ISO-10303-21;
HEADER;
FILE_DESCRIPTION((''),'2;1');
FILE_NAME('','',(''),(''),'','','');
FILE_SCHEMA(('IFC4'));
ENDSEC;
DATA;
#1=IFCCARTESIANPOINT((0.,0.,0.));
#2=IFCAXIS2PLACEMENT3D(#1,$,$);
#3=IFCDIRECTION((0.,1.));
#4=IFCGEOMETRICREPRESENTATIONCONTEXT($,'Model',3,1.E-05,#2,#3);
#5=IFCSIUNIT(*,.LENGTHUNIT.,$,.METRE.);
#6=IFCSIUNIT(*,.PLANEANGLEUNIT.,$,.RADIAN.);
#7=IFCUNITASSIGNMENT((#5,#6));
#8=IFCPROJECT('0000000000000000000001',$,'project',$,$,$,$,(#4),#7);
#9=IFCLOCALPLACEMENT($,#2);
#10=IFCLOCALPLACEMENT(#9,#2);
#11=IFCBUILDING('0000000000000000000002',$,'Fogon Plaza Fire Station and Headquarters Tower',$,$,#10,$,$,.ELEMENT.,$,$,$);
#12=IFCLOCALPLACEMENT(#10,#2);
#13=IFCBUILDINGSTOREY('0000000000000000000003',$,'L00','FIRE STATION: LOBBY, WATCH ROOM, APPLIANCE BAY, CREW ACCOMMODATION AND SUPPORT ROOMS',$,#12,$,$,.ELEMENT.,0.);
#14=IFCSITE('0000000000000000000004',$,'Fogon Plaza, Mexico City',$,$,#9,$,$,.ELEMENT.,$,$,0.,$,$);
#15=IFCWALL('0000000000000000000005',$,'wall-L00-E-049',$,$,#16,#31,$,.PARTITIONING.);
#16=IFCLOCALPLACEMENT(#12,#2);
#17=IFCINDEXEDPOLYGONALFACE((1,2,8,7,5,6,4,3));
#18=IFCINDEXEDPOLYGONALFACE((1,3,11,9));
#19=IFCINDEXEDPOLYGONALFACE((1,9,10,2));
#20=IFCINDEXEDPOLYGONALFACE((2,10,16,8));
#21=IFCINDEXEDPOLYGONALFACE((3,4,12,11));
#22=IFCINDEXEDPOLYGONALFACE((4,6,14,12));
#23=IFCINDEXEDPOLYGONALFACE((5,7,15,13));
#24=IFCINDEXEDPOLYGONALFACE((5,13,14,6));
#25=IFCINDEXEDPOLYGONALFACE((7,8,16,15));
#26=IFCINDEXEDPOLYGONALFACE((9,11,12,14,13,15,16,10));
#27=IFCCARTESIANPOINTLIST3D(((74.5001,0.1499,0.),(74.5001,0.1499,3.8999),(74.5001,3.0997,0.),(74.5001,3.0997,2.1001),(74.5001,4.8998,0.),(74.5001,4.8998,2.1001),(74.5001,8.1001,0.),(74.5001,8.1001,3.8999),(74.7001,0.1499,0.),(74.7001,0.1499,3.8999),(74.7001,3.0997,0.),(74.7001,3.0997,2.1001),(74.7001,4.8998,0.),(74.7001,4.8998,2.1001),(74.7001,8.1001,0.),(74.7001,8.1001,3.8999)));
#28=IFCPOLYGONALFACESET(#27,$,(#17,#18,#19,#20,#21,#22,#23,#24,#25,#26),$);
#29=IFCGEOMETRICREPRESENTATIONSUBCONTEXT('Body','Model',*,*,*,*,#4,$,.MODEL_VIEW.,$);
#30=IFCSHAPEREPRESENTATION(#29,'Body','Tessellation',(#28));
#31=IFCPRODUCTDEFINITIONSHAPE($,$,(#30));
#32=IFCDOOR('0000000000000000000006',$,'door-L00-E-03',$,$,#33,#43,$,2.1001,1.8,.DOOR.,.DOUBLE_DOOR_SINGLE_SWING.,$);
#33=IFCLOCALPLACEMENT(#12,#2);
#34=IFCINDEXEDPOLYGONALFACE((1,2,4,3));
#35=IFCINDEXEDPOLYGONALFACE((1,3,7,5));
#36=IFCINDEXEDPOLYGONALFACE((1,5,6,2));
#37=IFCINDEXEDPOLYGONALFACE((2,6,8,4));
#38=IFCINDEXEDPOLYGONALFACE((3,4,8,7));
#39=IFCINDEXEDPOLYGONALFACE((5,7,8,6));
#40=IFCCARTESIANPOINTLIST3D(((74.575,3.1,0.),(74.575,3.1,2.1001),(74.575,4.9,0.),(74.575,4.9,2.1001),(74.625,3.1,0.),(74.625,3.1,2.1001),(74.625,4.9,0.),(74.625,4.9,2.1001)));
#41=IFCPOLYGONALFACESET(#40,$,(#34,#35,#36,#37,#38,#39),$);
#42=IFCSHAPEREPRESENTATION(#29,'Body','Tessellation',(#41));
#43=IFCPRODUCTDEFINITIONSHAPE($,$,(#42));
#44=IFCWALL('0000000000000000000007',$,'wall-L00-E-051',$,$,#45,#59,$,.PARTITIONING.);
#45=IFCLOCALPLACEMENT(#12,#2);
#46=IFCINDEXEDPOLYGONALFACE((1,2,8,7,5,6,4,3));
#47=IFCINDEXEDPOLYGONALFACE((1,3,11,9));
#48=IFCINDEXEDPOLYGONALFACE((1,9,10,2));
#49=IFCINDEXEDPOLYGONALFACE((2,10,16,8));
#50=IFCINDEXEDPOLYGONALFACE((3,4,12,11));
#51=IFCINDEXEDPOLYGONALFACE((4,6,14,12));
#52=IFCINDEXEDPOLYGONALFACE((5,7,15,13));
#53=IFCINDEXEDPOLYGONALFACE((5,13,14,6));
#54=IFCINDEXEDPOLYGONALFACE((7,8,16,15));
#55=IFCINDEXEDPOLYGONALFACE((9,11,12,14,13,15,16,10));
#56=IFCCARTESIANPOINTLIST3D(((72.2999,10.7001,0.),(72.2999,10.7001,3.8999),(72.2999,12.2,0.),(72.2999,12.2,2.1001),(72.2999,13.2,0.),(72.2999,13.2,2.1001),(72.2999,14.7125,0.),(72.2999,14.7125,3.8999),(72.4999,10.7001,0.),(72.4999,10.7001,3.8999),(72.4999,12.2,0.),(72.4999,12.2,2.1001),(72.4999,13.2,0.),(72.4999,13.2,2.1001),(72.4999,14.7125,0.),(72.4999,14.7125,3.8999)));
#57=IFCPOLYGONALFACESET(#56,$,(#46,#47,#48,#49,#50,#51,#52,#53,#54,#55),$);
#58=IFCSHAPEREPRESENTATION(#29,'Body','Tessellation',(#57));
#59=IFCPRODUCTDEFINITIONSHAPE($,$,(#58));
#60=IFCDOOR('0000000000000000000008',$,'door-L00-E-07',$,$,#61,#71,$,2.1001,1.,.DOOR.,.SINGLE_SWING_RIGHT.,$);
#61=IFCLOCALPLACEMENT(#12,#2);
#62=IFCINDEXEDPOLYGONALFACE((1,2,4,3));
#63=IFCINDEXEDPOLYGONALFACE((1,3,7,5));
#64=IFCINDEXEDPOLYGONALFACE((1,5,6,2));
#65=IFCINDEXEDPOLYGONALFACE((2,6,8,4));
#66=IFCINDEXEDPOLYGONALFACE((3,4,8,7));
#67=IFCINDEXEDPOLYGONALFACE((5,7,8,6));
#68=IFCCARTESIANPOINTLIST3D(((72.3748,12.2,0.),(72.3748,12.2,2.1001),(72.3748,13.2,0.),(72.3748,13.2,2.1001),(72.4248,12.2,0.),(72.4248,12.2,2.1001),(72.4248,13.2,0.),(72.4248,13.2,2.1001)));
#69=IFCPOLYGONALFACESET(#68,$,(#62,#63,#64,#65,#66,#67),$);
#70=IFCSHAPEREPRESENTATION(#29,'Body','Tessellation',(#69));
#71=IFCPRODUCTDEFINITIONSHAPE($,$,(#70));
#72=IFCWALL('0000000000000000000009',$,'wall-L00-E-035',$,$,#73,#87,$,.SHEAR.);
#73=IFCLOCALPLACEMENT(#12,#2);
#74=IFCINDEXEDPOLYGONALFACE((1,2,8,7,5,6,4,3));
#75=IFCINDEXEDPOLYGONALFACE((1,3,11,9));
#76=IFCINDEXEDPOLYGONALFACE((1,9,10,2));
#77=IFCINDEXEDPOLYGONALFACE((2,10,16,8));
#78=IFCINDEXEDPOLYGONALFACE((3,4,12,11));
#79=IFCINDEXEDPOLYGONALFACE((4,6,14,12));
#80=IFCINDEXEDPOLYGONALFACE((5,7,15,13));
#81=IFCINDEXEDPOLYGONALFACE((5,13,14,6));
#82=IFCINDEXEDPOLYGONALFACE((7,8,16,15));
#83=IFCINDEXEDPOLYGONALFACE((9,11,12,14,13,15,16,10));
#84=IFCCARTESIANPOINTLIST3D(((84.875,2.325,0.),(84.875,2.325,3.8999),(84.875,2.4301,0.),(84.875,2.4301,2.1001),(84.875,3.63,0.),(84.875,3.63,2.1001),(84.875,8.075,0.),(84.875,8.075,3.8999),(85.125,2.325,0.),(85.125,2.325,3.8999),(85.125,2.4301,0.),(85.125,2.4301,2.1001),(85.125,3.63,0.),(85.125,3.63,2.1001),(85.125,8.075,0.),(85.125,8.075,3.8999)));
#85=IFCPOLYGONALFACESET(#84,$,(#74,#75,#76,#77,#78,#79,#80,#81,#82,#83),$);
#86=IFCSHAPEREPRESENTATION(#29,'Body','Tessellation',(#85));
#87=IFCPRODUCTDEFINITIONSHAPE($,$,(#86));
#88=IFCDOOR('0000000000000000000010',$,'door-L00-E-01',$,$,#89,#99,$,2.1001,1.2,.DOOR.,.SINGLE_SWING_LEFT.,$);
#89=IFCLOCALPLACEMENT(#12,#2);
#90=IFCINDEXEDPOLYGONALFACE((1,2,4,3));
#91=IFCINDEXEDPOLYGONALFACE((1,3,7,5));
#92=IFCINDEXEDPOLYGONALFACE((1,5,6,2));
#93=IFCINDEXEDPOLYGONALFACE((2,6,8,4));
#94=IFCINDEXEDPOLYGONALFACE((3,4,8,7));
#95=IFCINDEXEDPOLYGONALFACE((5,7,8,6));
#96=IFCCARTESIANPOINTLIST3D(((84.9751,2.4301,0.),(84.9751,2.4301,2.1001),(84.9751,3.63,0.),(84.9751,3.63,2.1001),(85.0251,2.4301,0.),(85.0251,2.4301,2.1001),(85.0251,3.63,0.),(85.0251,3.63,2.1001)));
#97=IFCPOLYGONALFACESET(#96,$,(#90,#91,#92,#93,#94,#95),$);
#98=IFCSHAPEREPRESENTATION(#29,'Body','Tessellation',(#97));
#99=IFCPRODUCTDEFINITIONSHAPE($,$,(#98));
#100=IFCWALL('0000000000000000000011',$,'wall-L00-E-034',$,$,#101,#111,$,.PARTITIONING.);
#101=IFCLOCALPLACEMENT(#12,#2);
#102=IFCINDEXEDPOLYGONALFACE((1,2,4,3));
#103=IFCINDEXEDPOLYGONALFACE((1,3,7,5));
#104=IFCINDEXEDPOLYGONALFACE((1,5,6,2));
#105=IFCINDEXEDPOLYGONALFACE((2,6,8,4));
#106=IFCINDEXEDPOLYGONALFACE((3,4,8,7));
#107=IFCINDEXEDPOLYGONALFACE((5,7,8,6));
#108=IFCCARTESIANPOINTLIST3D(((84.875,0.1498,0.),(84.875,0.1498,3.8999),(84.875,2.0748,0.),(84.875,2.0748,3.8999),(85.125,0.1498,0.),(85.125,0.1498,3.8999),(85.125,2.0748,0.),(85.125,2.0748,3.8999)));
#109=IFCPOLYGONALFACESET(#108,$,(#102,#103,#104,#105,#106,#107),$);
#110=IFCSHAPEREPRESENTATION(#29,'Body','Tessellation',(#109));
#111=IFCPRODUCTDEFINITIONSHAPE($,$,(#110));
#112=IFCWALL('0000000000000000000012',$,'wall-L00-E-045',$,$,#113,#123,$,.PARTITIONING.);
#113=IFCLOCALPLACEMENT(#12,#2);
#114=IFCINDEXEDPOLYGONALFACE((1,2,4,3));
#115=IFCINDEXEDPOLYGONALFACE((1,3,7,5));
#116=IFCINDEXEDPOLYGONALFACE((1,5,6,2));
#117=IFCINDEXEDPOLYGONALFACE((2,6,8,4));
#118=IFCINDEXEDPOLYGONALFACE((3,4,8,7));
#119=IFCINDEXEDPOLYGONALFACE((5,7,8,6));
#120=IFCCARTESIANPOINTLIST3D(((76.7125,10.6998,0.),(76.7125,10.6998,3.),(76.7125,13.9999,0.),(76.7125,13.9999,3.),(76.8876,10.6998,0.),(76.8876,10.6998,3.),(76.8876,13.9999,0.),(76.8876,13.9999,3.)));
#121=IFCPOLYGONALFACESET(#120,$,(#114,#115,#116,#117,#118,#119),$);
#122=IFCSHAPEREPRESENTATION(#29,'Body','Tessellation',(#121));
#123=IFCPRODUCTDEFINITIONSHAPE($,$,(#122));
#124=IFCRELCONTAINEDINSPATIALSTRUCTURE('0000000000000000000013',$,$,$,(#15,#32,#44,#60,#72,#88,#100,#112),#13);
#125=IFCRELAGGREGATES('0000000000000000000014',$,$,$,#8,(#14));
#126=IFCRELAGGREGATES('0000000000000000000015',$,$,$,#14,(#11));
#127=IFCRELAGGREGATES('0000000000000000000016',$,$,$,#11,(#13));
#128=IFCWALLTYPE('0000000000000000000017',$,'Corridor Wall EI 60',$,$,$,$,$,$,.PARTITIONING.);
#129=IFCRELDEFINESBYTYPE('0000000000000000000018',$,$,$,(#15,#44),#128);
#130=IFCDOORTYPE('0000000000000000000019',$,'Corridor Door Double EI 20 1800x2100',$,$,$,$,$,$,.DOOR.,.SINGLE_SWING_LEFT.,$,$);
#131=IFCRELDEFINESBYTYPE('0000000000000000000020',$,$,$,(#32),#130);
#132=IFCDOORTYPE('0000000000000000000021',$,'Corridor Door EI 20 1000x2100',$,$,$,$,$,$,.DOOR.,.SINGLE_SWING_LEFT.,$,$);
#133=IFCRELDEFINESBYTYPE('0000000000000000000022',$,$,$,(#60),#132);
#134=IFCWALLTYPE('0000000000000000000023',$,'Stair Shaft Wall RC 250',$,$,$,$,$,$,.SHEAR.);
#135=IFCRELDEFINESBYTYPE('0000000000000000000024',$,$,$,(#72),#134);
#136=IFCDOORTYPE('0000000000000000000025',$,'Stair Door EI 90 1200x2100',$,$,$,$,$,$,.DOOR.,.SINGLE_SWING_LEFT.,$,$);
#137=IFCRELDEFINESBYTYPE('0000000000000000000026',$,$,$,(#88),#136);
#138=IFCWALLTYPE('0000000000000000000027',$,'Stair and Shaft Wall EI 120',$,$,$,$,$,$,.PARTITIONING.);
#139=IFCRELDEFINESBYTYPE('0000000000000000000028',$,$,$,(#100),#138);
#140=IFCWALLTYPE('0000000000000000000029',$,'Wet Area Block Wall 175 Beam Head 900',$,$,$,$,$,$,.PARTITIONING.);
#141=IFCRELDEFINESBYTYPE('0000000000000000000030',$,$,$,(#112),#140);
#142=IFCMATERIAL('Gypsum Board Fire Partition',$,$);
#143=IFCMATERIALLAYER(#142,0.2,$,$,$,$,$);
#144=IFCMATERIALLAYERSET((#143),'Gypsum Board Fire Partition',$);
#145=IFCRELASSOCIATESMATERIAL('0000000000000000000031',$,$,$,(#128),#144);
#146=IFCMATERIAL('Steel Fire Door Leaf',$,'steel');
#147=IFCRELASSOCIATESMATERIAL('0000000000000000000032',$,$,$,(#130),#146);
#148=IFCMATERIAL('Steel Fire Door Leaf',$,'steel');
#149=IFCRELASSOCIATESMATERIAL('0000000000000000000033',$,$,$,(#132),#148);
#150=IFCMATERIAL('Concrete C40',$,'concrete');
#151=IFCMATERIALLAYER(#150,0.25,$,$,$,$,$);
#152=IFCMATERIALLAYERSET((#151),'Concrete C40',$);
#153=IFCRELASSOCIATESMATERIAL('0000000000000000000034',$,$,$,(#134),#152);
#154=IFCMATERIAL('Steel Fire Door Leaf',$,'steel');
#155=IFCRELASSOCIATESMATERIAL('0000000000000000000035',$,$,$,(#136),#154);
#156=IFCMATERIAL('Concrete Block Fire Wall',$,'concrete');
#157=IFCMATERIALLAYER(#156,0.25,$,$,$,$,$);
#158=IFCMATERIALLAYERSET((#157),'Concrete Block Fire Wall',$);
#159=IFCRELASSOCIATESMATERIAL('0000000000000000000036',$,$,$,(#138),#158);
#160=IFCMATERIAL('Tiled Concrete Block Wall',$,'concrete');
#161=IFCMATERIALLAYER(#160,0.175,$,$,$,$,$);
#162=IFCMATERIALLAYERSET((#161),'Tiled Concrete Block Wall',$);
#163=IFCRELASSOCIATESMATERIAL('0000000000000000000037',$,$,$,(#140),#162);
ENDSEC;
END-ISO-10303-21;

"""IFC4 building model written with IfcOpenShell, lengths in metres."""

from ifc_helpers import new_model, si_unit, direction, frame, frame_2d, origin, place, context, subcontext, project, spatial, rectangle, extrude, material, layer, layer_set, type_object, element, fill, save


model = new_model("IFC4")

# Units and contexts
model_context = context("Model", 3, precision=1e-05, world=origin(), true_north=direction((0.0, 1.0)))
body_context = subcontext(model_context, "Body", "Model", "MODEL_VIEW")
ifc_project = project(units=[si_unit("LENGTHUNIT", "METRE"), si_unit("PLANEANGLEUNIT", "RADIAN")], contexts=[model_context])

# Site, building, storey
site_placement = place(None, origin())
site = spatial("IfcSite", under=ifc_project, at=site_placement, Name="Fogon Plaza, Mexico City", CompositionType="ELEMENT", RefElevation=0.0)
building_placement = place(site_placement, origin())
building = spatial("IfcBuilding", under=site, at=building_placement, Name="Fogon Plaza Fire Station and Headquarters Tower", CompositionType="ELEMENT")
storey_placement = place(building_placement, origin())
storey = spatial("IfcBuildingStorey", under=building, at=storey_placement, Name="L00", Description="FIRE STATION: LOBBY, WATCH ROOM, APPLIANCE BAY, CREW ACCOMMODATION AND SUPPORT ROOMS", CompositionType="ELEMENT", Elevation=0.0)

# Shared definitions
ifc_material_1 = material(Name="Gypsum Board Fire Partition")
ifc_layer_1 = layer(ifc_material_1, 0.2)
ifc_layer_set_1 = layer_set([ifc_layer_1], Name="Gypsum Board Fire Partition")
wall_type_1 = type_object("IfcWallType", Name="Corridor Wall EI 60", PredefinedType="PARTITIONING", material=ifc_layer_set_1)
ifc_material_2 = material(Name="Steel Fire Door Leaf", Category="steel")
door_type_1 = type_object("IfcDoorType", Name="Corridor Door Double EI 20 1800x2100", OperationType="SINGLE_SWING_LEFT", PredefinedType="DOOR", material=ifc_material_2)

# Walls, openings, doors
wall_1_placement = place(storey_placement, frame((74.6001, 0.1499, 0.0), z_axis=(0.0, 0.0, 1.0), x_axis=(0.0, 1.0, 0.0)))
wall_1 = element("IfcWall", 1, at=wall_1_placement, inside=storey, type_object=wall_type_1, Name="wall-L00-E-049", PredefinedType="PARTITIONING", context=body_context, shape_type="SweptSolid", body=[
    extrude(rectangle(XDim=7.9502, YDim=0.2, at=frame_2d((3.9751, 0.0))), origin(), (0.0, 0.0, 1.0), 3.8999),
])
opening_1_placement = place(wall_1_placement, frame((2.95, 0.0, 0.0)))
opening_1 = element("IfcOpeningElement", 2, at=opening_1_placement, cuts=wall_1, PredefinedType="OPENING", context=body_context, shape_type="SweptSolid", body=[
    extrude(rectangle(XDim=1.8, YDim=2.1001, at=frame_2d((0.8999, 1.05))), frame((0.0, 0.1099, 0.0), z_axis=(0.0, -1.0, 0.0), x_axis=(1.0, 0.0, 0.0)), (0.0, 0.0, 1.0), 0.22),
])
door_1_placement = place(opening_1_placement, frame((1.8, 0.0, 0.0), z_axis=(0.0, 0.0, 1.0), x_axis=(-1.0, 0.0, 0.0)))
door_1 = element("IfcDoor", 3, at=door_1_placement, inside=storey, type_object=door_type_1, Name="door-L00-E-03", OperationType="DOUBLE_DOOR_SINGLE_SWING", OverallHeight=2.1001, OverallWidth=1.8, PredefinedType="DOOR", context=body_context, shape_type="SweptSolid", body=[
    extrude(rectangle(XDim=1.8, YDim=2.1001, at=frame_2d((0.8999, 1.05))), frame((0.0, 0.0249, 0.0), z_axis=(0.0, -1.0, 0.0), x_axis=(1.0, 0.0, 0.0)), (0.0, 0.0, 1.0), 0.05),
])
fill(opening_1, door_1)
wall_2_placement = place(storey_placement, frame((72.3999, 10.7, 0.0), z_axis=(0.0, 0.0, 1.0), x_axis=(0.0, 1.0, 0.0)))
wall_2 = element("IfcWall", 4, at=wall_2_placement, inside=storey, type_object=wall_type_1, Name="wall-L00-E-051", PredefinedType="PARTITIONING", context=body_context, shape_type="SweptSolid", body=[
    extrude(rectangle(XDim=4.0125, YDim=0.2, at=frame_2d((2.0063, 0.0))), origin(), (0.0, 0.0, 1.0), 3.8999),
])
opening_2_placement = place(wall_2_placement, frame((1.5, 0.0, 0.0)))
opening_2 = element("IfcOpeningElement", 5, at=opening_2_placement, cuts=wall_2, PredefinedType="OPENING", context=body_context, shape_type="SweptSolid", body=[
    extrude(rectangle(XDim=1.0, YDim=2.1001, at=frame_2d((0.5, 1.05))), frame((0.0, 0.1099, 0.0), z_axis=(0.0, -1.0, 0.0), x_axis=(1.0, 0.0, 0.0)), (0.0, 0.0, 1.0), 0.22),
])
ifc_material_3 = material(Name="Steel Fire Door Leaf", Category="steel")
door_type_2 = type_object("IfcDoorType", Name="Corridor Door EI 20 1000x2100", OperationType="SINGLE_SWING_LEFT", PredefinedType="DOOR", material=ifc_material_3)
door_2_placement = place(opening_2_placement, frame((1.0, 0.0, 0.0), z_axis=(0.0, 0.0, 1.0), x_axis=(-1.0, 0.0, 0.0)))
door_2 = element("IfcDoor", 6, at=door_2_placement, inside=storey, type_object=door_type_2, Name="door-L00-E-07", OperationType="SINGLE_SWING_RIGHT", OverallHeight=2.1001, OverallWidth=1.0, PredefinedType="DOOR", context=body_context, shape_type="SweptSolid", body=[
    extrude(rectangle(XDim=1.0, YDim=2.1001, at=frame_2d((0.5, 1.05))), frame((0.0, 0.0249, 0.0), z_axis=(0.0, -1.0, 0.0), x_axis=(1.0, 0.0, 0.0)), (0.0, 0.0, 1.0), 0.05),
])
fill(opening_2, door_2)
ifc_material_4 = material(Name="Concrete C40", Category="concrete")
ifc_layer_2 = layer(ifc_material_4, 0.25)
ifc_layer_set_2 = layer_set([ifc_layer_2], Name="Concrete C40")
wall_type_2 = type_object("IfcWallType", Name="Stair Shaft Wall RC 250", PredefinedType="SHEAR", material=ifc_layer_set_2)
wall_3_placement = place(storey_placement, frame((85.0, 2.325, 0.0), z_axis=(0.0, 0.0, 1.0), x_axis=(0.0, 1.0, 0.0)))
wall_3 = element("IfcWall", 7, at=wall_3_placement, inside=storey, type_object=wall_type_2, Name="wall-L00-E-035", PredefinedType="SHEAR", context=body_context, shape_type="SweptSolid", body=[
    extrude(rectangle(XDim=5.75, YDim=0.25, at=frame_2d((2.875, 0.0))), origin(), (0.0, 0.0, 1.0), 3.8999),
])
opening_3_placement = place(wall_3_placement, frame((0.105, 0.0, 0.0)))
opening_3 = element("IfcOpeningElement", 8, at=opening_3_placement, cuts=wall_3, PredefinedType="OPENING", context=body_context, shape_type="SweptSolid", body=[
    extrude(rectangle(XDim=1.2, YDim=2.1001, at=frame_2d((0.6001, 1.05))), frame((0.0, 0.135, 0.0), z_axis=(0.0, -1.0, 0.0), x_axis=(1.0, 0.0, 0.0)), (0.0, 0.0, 1.0), 0.27),
])
ifc_material_5 = material(Name="Steel Fire Door Leaf", Category="steel")
door_type_3 = type_object("IfcDoorType", Name="Stair Door EI 90 1200x2100", OperationType="SINGLE_SWING_LEFT", PredefinedType="DOOR", material=ifc_material_5)
door_3_placement = place(opening_3_placement, origin())
door_3 = element("IfcDoor", 9, at=door_3_placement, inside=storey, type_object=door_type_3, Name="door-L00-E-01", OperationType="SINGLE_SWING_LEFT", OverallHeight=2.1001, OverallWidth=1.2, PredefinedType="DOOR", context=body_context, shape_type="SweptSolid", body=[
    extrude(rectangle(XDim=1.2, YDim=2.1001, at=frame_2d((0.6001, 1.05))), frame((0.0, 0.0249, 0.0), z_axis=(0.0, -1.0, 0.0), x_axis=(1.0, 0.0, 0.0)), (0.0, 0.0, 1.0), 0.05),
])
fill(opening_3, door_3)

# Walls
ifc_material_6 = material(Name="Concrete Block Fire Wall", Category="concrete")
ifc_layer_3 = layer(ifc_material_6, 0.25)
ifc_layer_set_3 = layer_set([ifc_layer_3], Name="Concrete Block Fire Wall")
wall_type_3 = type_object("IfcWallType", Name="Stair and Shaft Wall EI 120", PredefinedType="PARTITIONING", material=ifc_layer_set_3)
wall_4_placement = place(storey_placement, frame((85.0, 0.1499, 0.0), z_axis=(0.0, 0.0, 1.0), x_axis=(0.0, 1.0, 0.0)))
element("IfcWall", 10, at=wall_4_placement, inside=storey, type_object=wall_type_3, Name="wall-L00-E-034", PredefinedType="PARTITIONING", context=body_context, shape_type="SweptSolid", body=[
    extrude(rectangle(XDim=1.925, YDim=0.25, at=frame_2d((0.9624, 0.0))), origin(), (0.0, 0.0, 1.0), 3.8999),
])
ifc_material_7 = material(Name="Tiled Concrete Block Wall", Category="concrete")
ifc_layer_4 = layer(ifc_material_7, 0.175)
ifc_layer_set_4 = layer_set([ifc_layer_4], Name="Tiled Concrete Block Wall")
wall_type_4 = type_object("IfcWallType", Name="Wet Area Block Wall 175 Beam Head 900", PredefinedType="PARTITIONING", material=ifc_layer_set_4)
wall_5_placement = place(storey_placement, frame((76.8, 10.7, 0.0), z_axis=(0.0, 0.0, 1.0), x_axis=(0.0, 1.0, 0.0)))
element("IfcWall", 11, at=wall_5_placement, inside=storey, type_object=wall_type_4, Name="wall-L00-E-045", PredefinedType="PARTITIONING", context=body_context, shape_type="SweptSolid", body=[
    extrude(rectangle(XDim=3.3, YDim=0.175, at=frame_2d((1.6499, 0.0))), origin(), (0.0, 0.0, 1.0), 3.0),
])

save(model, "model.ifc")
